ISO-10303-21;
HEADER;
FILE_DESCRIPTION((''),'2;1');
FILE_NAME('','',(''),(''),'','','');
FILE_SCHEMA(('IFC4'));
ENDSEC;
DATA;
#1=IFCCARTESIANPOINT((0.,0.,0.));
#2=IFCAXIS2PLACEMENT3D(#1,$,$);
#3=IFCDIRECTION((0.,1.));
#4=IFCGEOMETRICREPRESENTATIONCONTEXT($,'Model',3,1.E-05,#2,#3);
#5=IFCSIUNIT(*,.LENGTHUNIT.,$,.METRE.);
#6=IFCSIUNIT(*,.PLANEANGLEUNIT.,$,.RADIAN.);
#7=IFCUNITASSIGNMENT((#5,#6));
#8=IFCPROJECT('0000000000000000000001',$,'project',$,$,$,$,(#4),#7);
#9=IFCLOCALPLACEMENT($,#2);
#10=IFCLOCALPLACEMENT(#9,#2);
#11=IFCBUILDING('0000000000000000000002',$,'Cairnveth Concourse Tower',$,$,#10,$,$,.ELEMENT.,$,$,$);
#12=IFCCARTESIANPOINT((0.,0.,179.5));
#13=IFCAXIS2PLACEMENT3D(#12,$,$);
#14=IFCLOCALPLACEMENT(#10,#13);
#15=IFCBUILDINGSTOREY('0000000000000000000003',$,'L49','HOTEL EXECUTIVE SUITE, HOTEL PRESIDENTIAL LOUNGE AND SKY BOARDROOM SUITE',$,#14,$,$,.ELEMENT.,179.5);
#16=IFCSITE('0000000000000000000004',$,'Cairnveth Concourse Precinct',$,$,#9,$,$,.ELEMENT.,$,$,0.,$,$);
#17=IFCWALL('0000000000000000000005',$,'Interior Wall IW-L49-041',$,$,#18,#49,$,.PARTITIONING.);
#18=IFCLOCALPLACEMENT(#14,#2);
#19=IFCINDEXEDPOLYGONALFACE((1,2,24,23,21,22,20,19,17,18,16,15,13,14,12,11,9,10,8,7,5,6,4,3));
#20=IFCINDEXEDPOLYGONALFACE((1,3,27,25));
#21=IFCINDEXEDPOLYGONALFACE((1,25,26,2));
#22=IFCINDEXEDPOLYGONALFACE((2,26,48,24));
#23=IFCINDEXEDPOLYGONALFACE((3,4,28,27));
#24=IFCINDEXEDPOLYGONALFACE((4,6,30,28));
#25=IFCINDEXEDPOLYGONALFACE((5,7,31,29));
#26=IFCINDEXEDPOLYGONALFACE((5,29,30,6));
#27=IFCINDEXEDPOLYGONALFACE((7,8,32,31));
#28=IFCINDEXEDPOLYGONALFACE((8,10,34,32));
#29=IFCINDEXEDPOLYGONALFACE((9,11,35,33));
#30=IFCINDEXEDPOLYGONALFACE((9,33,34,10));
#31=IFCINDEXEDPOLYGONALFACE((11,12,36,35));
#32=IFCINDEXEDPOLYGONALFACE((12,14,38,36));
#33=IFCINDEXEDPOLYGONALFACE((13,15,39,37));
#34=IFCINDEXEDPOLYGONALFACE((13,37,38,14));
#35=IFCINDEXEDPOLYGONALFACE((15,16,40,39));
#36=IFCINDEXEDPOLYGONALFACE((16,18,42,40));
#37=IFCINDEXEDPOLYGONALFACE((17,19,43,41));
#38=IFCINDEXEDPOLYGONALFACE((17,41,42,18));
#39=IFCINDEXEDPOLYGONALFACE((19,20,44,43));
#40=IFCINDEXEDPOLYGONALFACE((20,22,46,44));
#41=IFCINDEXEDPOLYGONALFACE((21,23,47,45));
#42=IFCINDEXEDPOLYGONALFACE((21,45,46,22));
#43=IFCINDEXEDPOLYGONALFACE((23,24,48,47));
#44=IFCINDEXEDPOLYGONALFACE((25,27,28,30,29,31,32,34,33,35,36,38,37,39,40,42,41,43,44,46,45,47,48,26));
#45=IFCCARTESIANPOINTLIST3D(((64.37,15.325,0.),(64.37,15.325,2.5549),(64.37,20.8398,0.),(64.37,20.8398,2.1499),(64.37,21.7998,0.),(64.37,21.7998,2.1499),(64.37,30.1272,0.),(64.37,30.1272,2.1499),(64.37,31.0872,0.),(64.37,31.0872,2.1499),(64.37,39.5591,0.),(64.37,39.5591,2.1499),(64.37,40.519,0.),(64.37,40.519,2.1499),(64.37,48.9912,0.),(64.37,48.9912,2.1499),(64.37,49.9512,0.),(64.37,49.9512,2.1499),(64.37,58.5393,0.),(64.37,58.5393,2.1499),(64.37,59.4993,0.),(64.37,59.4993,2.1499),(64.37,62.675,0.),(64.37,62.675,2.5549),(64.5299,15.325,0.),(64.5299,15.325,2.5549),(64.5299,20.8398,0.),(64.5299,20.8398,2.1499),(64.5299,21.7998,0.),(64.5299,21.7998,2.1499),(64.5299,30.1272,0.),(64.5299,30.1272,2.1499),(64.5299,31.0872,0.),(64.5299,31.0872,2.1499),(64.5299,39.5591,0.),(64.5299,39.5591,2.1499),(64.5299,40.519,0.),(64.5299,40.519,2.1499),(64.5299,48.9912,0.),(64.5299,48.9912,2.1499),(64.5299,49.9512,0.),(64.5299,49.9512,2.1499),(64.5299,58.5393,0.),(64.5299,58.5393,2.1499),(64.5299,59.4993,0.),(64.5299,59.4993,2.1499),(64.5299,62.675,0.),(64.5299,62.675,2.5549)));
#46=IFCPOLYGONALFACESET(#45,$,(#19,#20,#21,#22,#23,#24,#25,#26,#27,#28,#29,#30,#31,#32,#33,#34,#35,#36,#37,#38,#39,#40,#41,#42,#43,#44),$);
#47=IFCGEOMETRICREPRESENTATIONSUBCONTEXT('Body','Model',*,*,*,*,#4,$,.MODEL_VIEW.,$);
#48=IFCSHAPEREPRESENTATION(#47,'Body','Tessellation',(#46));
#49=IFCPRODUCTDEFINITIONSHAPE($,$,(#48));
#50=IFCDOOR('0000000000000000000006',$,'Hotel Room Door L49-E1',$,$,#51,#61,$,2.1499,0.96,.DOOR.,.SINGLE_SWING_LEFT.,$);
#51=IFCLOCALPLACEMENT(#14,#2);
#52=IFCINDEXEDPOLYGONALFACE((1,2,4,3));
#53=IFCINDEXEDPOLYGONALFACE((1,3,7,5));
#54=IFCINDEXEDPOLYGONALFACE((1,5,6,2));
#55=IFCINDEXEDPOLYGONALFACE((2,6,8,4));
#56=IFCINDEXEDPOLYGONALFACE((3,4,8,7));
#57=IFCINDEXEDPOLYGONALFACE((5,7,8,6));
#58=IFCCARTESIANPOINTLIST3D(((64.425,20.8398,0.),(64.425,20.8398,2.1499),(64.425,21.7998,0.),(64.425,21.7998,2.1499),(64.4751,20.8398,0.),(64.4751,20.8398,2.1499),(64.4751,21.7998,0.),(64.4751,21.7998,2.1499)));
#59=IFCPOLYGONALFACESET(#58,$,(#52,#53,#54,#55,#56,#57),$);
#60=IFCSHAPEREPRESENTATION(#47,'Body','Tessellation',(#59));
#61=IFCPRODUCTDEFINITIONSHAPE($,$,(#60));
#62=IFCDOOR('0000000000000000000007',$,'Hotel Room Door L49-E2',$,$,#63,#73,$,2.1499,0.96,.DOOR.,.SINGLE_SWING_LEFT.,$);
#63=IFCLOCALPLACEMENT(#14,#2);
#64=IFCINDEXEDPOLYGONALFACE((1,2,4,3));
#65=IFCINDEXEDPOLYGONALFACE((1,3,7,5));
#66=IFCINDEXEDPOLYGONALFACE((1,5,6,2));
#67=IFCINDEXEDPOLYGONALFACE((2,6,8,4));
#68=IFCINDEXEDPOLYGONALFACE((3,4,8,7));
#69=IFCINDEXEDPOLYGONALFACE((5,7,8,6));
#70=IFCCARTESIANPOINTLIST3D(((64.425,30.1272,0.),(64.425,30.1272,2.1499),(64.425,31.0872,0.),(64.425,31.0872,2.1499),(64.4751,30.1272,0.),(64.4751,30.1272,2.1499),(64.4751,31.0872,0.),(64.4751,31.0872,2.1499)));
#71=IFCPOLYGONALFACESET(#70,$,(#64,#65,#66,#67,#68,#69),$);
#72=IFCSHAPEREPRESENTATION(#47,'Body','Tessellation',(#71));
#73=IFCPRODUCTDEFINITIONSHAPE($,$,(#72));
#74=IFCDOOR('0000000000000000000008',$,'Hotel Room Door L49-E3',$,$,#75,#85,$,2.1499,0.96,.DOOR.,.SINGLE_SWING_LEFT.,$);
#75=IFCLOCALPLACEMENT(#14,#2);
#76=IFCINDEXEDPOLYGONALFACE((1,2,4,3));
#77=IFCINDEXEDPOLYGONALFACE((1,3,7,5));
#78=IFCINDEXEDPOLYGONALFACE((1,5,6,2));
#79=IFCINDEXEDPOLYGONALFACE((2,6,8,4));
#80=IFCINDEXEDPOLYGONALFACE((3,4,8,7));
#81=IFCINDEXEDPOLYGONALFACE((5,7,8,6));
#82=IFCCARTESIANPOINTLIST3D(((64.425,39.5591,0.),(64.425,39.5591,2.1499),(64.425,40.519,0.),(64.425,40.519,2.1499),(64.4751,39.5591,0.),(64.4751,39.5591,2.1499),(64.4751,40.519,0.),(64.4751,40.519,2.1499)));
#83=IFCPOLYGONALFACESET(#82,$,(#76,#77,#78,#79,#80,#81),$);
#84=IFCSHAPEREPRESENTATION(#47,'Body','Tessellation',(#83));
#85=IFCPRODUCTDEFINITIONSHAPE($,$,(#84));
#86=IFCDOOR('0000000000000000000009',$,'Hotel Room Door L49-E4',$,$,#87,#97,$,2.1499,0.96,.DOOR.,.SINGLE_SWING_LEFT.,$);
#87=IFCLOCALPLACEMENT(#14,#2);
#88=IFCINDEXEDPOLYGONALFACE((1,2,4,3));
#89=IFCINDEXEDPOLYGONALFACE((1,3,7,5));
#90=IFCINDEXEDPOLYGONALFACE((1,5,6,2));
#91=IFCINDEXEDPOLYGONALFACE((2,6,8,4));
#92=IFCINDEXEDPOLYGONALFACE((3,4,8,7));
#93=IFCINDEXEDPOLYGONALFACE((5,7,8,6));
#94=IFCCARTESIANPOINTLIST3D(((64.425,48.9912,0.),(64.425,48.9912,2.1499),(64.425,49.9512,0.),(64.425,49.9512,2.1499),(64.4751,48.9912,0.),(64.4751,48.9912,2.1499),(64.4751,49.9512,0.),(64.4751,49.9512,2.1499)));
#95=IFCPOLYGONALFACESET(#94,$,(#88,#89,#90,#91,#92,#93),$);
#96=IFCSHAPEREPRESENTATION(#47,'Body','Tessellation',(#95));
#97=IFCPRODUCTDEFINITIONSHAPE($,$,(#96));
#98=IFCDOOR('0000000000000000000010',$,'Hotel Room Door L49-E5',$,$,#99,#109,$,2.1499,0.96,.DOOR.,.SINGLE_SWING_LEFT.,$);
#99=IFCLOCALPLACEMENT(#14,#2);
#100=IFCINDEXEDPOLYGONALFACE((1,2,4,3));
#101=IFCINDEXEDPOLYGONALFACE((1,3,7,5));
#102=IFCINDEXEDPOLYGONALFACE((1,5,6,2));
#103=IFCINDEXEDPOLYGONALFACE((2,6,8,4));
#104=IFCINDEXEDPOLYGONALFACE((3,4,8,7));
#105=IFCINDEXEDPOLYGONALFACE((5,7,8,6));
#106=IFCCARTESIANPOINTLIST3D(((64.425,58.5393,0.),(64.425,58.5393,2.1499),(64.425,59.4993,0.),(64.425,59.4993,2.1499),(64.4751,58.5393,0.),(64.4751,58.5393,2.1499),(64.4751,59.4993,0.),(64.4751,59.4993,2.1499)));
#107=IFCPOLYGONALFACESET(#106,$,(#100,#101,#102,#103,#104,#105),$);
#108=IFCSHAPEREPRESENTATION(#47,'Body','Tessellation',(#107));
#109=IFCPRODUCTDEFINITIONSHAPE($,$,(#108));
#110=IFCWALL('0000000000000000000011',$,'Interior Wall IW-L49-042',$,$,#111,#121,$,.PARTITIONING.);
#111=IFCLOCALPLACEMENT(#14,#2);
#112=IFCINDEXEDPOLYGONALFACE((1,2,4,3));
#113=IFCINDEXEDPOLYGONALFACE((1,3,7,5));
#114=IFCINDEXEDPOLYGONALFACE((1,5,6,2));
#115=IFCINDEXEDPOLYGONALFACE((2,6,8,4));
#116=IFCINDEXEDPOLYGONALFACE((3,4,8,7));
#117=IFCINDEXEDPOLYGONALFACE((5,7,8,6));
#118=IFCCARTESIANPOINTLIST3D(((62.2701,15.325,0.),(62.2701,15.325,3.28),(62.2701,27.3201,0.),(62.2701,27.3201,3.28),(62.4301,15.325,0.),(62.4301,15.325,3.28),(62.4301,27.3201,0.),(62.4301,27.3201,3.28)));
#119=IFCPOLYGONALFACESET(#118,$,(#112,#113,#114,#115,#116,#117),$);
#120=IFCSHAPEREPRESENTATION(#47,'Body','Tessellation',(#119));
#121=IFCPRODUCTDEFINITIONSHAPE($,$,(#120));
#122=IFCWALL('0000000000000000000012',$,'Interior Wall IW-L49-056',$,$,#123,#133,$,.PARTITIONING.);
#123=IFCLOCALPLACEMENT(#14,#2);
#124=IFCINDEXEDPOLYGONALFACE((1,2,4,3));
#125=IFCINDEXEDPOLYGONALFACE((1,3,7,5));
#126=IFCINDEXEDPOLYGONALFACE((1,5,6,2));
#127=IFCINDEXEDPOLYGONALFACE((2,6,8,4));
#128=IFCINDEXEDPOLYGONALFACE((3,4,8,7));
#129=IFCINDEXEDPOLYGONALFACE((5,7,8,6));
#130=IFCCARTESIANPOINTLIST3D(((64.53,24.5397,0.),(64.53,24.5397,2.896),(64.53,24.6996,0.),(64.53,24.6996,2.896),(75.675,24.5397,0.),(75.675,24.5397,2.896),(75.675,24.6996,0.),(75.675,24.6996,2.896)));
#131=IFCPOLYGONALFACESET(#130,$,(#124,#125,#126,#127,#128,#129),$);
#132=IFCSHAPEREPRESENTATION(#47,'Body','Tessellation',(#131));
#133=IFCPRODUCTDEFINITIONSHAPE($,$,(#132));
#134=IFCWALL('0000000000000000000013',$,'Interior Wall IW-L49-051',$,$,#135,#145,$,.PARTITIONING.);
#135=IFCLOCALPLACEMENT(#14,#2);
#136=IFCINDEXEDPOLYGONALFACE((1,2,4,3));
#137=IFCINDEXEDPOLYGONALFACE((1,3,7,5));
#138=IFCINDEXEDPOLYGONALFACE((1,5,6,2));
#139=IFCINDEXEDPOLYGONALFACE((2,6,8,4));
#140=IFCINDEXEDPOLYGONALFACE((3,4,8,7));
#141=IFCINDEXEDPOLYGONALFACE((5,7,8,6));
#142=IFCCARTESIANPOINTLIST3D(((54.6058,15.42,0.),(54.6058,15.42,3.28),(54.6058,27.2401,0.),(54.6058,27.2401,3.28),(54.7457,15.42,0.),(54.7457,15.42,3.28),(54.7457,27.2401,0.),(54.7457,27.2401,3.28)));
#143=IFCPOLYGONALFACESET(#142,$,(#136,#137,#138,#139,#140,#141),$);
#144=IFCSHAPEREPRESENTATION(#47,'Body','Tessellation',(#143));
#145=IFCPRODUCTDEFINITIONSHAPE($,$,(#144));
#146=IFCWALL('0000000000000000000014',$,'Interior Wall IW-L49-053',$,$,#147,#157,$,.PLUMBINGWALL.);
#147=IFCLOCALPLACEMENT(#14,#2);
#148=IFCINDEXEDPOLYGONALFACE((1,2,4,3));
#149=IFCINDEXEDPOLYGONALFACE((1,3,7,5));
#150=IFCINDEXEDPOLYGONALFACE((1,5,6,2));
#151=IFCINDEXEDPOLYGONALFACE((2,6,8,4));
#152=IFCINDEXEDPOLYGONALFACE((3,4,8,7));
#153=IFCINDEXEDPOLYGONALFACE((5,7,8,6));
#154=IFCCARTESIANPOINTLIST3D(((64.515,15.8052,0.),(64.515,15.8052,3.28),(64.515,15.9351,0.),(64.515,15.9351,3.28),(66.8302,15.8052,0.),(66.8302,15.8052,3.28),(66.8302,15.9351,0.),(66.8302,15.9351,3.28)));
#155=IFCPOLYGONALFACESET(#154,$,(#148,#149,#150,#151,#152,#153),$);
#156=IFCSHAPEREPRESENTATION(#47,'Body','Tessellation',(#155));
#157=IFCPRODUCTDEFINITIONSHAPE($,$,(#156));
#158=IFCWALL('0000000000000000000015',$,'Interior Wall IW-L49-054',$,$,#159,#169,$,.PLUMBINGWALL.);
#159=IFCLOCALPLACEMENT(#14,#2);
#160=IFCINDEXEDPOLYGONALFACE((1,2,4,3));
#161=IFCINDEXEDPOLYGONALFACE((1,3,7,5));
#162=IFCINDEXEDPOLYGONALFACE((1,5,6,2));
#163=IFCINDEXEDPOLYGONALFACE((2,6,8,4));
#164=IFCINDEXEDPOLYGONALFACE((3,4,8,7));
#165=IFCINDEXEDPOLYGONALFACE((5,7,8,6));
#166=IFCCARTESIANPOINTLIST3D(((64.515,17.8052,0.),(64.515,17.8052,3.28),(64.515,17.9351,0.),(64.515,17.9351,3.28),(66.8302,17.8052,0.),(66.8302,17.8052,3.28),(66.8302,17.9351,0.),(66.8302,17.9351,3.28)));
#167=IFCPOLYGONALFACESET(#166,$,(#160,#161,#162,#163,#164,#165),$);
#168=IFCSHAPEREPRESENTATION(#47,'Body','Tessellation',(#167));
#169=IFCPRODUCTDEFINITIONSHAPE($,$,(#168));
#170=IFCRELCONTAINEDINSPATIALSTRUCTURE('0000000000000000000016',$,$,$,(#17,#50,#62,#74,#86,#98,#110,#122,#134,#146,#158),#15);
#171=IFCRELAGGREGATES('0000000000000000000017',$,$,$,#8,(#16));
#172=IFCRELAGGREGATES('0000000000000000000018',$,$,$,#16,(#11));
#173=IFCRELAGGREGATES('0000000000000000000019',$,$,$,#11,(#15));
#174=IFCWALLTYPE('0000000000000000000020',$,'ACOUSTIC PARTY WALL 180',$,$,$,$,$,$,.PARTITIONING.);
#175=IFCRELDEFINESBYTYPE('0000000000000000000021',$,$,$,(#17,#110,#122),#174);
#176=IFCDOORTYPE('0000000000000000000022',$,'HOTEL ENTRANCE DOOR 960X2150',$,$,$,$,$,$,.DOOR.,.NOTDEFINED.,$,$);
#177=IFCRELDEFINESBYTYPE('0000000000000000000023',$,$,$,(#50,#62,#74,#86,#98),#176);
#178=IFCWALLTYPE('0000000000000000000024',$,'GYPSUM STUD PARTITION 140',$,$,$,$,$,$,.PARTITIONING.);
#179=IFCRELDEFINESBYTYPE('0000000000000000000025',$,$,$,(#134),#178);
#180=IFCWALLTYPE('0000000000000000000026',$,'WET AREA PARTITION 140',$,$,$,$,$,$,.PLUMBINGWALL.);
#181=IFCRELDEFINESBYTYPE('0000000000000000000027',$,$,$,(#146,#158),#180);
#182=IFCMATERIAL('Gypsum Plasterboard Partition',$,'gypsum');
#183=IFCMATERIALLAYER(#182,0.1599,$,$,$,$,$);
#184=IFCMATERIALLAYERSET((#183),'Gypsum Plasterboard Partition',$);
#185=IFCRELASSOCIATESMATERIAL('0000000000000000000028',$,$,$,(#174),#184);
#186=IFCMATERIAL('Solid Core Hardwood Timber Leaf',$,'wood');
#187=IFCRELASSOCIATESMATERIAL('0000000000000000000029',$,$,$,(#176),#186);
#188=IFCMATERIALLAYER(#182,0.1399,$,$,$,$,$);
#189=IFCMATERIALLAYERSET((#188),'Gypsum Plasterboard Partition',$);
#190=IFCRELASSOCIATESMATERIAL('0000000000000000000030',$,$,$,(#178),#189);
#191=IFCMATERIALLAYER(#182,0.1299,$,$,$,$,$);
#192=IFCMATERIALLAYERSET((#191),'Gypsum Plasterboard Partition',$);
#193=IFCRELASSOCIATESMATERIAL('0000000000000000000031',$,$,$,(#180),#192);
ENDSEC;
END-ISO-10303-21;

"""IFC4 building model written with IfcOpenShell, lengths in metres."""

from ifc_helpers import new_model, si_unit, direction, frame, frame_2d, origin, place, context, subcontext, project, spatial, rectangle, extrude, material, layer, layer_set, type_object, element, fill, save


model = new_model("IFC4")

# Units and contexts
model_context = context("Model", 3, precision=1e-05, world=origin(), true_north=direction((0.0, 1.0)))
body_context = subcontext(model_context, "Body", "Model", "MODEL_VIEW")
ifc_project = project(units=[si_unit("LENGTHUNIT", "METRE"), si_unit("PLANEANGLEUNIT", "RADIAN")], contexts=[model_context])

# Site, building, storey
site_placement = place(None, origin())
site = spatial("IfcSite", under=ifc_project, at=site_placement, Name="Cairnveth Concourse Precinct", CompositionType="ELEMENT", RefElevation=0.0)
building_placement = place(site_placement, origin())
building = spatial("IfcBuilding", under=site, at=building_placement, Name="Cairnveth Concourse Tower", CompositionType="ELEMENT")
storey_placement = place(building_placement, frame((0.0, 0.0, 179.5)))
storey = spatial("IfcBuildingStorey", under=building, at=storey_placement, Name="L49", Description="HOTEL EXECUTIVE SUITE, HOTEL PRESIDENTIAL LOUNGE AND SKY BOARDROOM SUITE", CompositionType="ELEMENT", Elevation=179.5)

# Wall, openings, doors
ifc_material_1 = material(Name="Gypsum Plasterboard Partition", Category="gypsum")
ifc_layer_1 = layer(ifc_material_1, 0.1599)
ifc_layer_set_1 = layer_set([ifc_layer_1], Name="Gypsum Plasterboard Partition")
wall_type_1 = type_object("IfcWallType", Name="ACOUSTIC PARTY WALL 180", PredefinedType="PARTITIONING", material=ifc_layer_set_1)
wall_1_placement = place(storey_placement, frame((64.45, 15.325, 0.0), z_axis=(0.0, 0.0, 1.0), x_axis=(0.0, 1.0, 0.0)))
wall_1 = element("IfcWall", 1, at=wall_1_placement, inside=storey, type_object=wall_type_1, Name="Interior Wall IW-L49-041", PredefinedType="PARTITIONING", context=body_context, shape_type="SweptSolid", body=[
    extrude(rectangle(XDim=47.3501, YDim=0.1599, at=frame_2d((23.675, 0.0))), origin(), (0.0, 0.0, 1.0), 2.5549),
])
opening_1_placement = place(wall_1_placement, frame((5.5149, 0.0, 0.0)))
opening_1 = element("IfcOpeningElement", 2, at=opening_1_placement, cuts=wall_1, PredefinedType="OPENING", context=body_context, shape_type="SweptSolid", body=[
    extrude(rectangle(XDim=0.96, YDim=2.1499, at=frame_2d((0.48, 1.075))), frame((0.0, 0.0898, 0.0), z_axis=(0.0, -1.0, 0.0), x_axis=(1.0, 0.0, 0.0)), (0.0, 0.0, 1.0), 0.1799),
])
opening_2_placement = place(wall_1_placement, frame((14.8022, 0.0, 0.0)))
opening_2 = element("IfcOpeningElement", 3, at=opening_2_placement, cuts=wall_1, PredefinedType="OPENING", context=body_context, shape_type="SweptSolid", body=[
    extrude(rectangle(XDim=0.96, YDim=2.1499, at=frame_2d((0.48, 1.075))), frame((0.0, 0.0898, 0.0), z_axis=(0.0, -1.0, 0.0), x_axis=(1.0, 0.0, 0.0)), (0.0, 0.0, 1.0), 0.1799),
])
opening_3_placement = place(wall_1_placement, frame((24.2341, 0.0, 0.0)))
opening_3 = element("IfcOpeningElement", 4, at=opening_3_placement, cuts=wall_1, PredefinedType="OPENING", context=body_context, shape_type="SweptSolid", body=[
    extrude(rectangle(XDim=0.96, YDim=2.1499, at=frame_2d((0.48, 1.075))), frame((0.0, 0.0898, 0.0), z_axis=(0.0, -1.0, 0.0), x_axis=(1.0, 0.0, 0.0)), (0.0, 0.0, 1.0), 0.1799),
])
opening_4_placement = place(wall_1_placement, frame((33.6663, 0.0, 0.0)))
opening_4 = element("IfcOpeningElement", 5, at=opening_4_placement, cuts=wall_1, PredefinedType="OPENING", context=body_context, shape_type="SweptSolid", body=[
    extrude(rectangle(XDim=0.96, YDim=2.1499, at=frame_2d((0.48, 1.075))), frame((0.0, 0.0898, 0.0), z_axis=(0.0, -1.0, 0.0), x_axis=(1.0, 0.0, 0.0)), (0.0, 0.0, 1.0), 0.1799),
])
opening_5_placement = place(wall_1_placement, frame((43.2144, 0.0, 0.0)))
opening_5 = element("IfcOpeningElement", 6, at=opening_5_placement, cuts=wall_1, PredefinedType="OPENING", context=body_context, shape_type="SweptSolid", body=[
    extrude(rectangle(XDim=0.96, YDim=2.1499, at=frame_2d((0.48, 1.075))), frame((0.0, 0.0898, 0.0), z_axis=(0.0, -1.0, 0.0), x_axis=(1.0, 0.0, 0.0)), (0.0, 0.0, 1.0), 0.1799),
])
ifc_material_2 = material(Name="Solid Core Hardwood Timber Leaf", Category="wood")
door_type_1 = type_object("IfcDoorType", Name="HOTEL ENTRANCE DOOR 960X2150", OperationType="NOTDEFINED", PredefinedType="DOOR", material=ifc_material_2)
door_1_placement = place(opening_1_placement, origin())
door_1 = element("IfcDoor", 7, at=door_1_placement, inside=storey, type_object=door_type_1, Name="Hotel Room Door L49-E1", OperationType="SINGLE_SWING_LEFT", OverallHeight=2.1499, OverallWidth=0.96, PredefinedType="DOOR", context=body_context, shape_type="SweptSolid", body=[
    extrude(rectangle(XDim=0.96, YDim=2.1499, at=frame_2d((0.48, 1.075))), frame((0.0, 0.0249, 0.0), z_axis=(0.0, -1.0, 0.0), x_axis=(1.0, 0.0, 0.0)), (0.0, 0.0, 1.0), 0.05),
])
fill(opening_1, door_1)
door_2_placement = place(opening_2_placement, origin())
door_2 = element("IfcDoor", 8, at=door_2_placement, inside=storey, type_object=door_type_1, Name="Hotel Room Door L49-E2", OperationType="SINGLE_SWING_LEFT", OverallHeight=2.1499, OverallWidth=0.96, PredefinedType="DOOR", context=body_context, shape_type="SweptSolid", body=[
    extrude(rectangle(XDim=0.96, YDim=2.1499, at=frame_2d((0.48, 1.075))), frame((0.0, 0.0249, 0.0), z_axis=(0.0, -1.0, 0.0), x_axis=(1.0, 0.0, 0.0)), (0.0, 0.0, 1.0), 0.05),
])
fill(opening_2, door_2)
door_3_placement = place(opening_3_placement, origin())
door_3 = element("IfcDoor", 9, at=door_3_placement, inside=storey, type_object=door_type_1, Name="Hotel Room Door L49-E3", OperationType="SINGLE_SWING_LEFT", OverallHeight=2.1499, OverallWidth=0.96, PredefinedType="DOOR", context=body_context, shape_type="SweptSolid", body=[
    extrude(rectangle(XDim=0.96, YDim=2.1499, at=frame_2d((0.48, 1.075))), frame((0.0, 0.0249, 0.0), z_axis=(0.0, -1.0, 0.0), x_axis=(1.0, 0.0, 0.0)), (0.0, 0.0, 1.0), 0.05),
])
fill(opening_3, door_3)
door_4_placement = place(opening_4_placement, origin())
door_4 = element("IfcDoor", 10, at=door_4_placement, inside=storey, type_object=door_type_1, Name="Hotel Room Door L49-E4", OperationType="SINGLE_SWING_LEFT", OverallHeight=2.1499, OverallWidth=0.96, PredefinedType="DOOR", context=body_context, shape_type="SweptSolid", body=[
    extrude(rectangle(XDim=0.96, YDim=2.1499, at=frame_2d((0.48, 1.075))), frame((0.0, 0.0249, 0.0), z_axis=(0.0, -1.0, 0.0), x_axis=(1.0, 0.0, 0.0)), (0.0, 0.0, 1.0), 0.05),
])
fill(opening_4, door_4)
door_5_placement = place(opening_5_placement, origin())
door_5 = element("IfcDoor", 11, at=door_5_placement, inside=storey, type_object=door_type_1, Name="Hotel Room Door L49-E5", OperationType="SINGLE_SWING_LEFT", OverallHeight=2.1499, OverallWidth=0.96, PredefinedType="DOOR", context=body_context, shape_type="SweptSolid", body=[
    extrude(rectangle(XDim=0.96, YDim=2.1499, at=frame_2d((0.48, 1.075))), frame((0.0, 0.0249, 0.0), z_axis=(0.0, -1.0, 0.0), x_axis=(1.0, 0.0, 0.0)), (0.0, 0.0, 1.0), 0.05),
])
fill(opening_5, door_5)

# Walls
wall_2_placement = place(storey_placement, frame((62.3501, 15.325, 0.0), z_axis=(0.0, 0.0, 1.0), x_axis=(0.0, 1.0, 0.0)))
element("IfcWall", 12, at=wall_2_placement, inside=storey, type_object=wall_type_1, Name="Interior Wall IW-L49-042", PredefinedType="PARTITIONING", context=body_context, shape_type="SweptSolid", body=[
    extrude(rectangle(XDim=11.9951, YDim=0.1599, at=frame_2d((5.9976, 0.0))), origin(), (0.0, 0.0, 1.0), 3.28),
])
wall_3_placement = place(storey_placement, frame((64.53, 24.6196, 0.0), z_axis=(0.0, 0.0, 1.0), x_axis=(1.0, 0.0, 0.0)))
element("IfcWall", 13, at=wall_3_placement, inside=storey, type_object=wall_type_1, Name="Interior Wall IW-L49-056", PredefinedType="PARTITIONING", context=body_context, shape_type="SweptSolid", body=[
    extrude(rectangle(XDim=11.145, YDim=0.1599, at=frame_2d((5.5725, 0.0))), origin(), (0.0, 0.0, 1.0), 2.896),
])
ifc_layer_2 = layer(ifc_material_1, 0.1399)
ifc_layer_set_2 = layer_set([ifc_layer_2], Name="Gypsum Plasterboard Partition")
wall_type_2 = type_object("IfcWallType", Name="GYPSUM STUD PARTITION 140", PredefinedType="PARTITIONING", material=ifc_layer_set_2)
wall_4_placement = place(storey_placement, frame((54.6758, 15.4199, 0.0), z_axis=(0.0, 0.0, 1.0), x_axis=(0.0, 1.0, 0.0)))
element("IfcWall", 14, at=wall_4_placement, inside=storey, type_object=wall_type_2, Name="Interior Wall IW-L49-051", PredefinedType="PARTITIONING", context=body_context, shape_type="SweptSolid", body=[
    extrude(rectangle(XDim=11.8201, YDim=0.1399, at=frame_2d((5.9102, 0.0))), origin(), (0.0, 0.0, 1.0), 3.28),
])
ifc_layer_3 = layer(ifc_material_1, 0.1299)
ifc_layer_set_3 = layer_set([ifc_layer_3], Name="Gypsum Plasterboard Partition")
wall_type_3 = type_object("IfcWallType", Name="WET AREA PARTITION 140", PredefinedType="PLUMBINGWALL", material=ifc_layer_set_3)
for number, where, z_axis, x_axis, name in (
    (15, (64.5149, 15.8701, 0.0), (0.0, 0.0, 1.0), (1.0, 0.0, 0.0), "Interior Wall IW-L49-053"),
    (16, (64.5149, 17.8701, 0.0), (0.0, 0.0, 1.0), (1.0, 0.0, 0.0), "Interior Wall IW-L49-054"),
):
    element("IfcWall", number, at=place(storey_placement, frame(where, z_axis=z_axis, x_axis=x_axis)), inside=storey, type_object=wall_type_3, Name=name, PredefinedType="PLUMBINGWALL", context=body_context, shape_type="SweptSolid", body=[
        extrude(rectangle(XDim=2.3152, YDim=0.1299, at=frame_2d((1.1577, 0.0))), origin(), (0.0, 0.0, 1.0), 3.28),
    ])

save(model, "model.ifc")
